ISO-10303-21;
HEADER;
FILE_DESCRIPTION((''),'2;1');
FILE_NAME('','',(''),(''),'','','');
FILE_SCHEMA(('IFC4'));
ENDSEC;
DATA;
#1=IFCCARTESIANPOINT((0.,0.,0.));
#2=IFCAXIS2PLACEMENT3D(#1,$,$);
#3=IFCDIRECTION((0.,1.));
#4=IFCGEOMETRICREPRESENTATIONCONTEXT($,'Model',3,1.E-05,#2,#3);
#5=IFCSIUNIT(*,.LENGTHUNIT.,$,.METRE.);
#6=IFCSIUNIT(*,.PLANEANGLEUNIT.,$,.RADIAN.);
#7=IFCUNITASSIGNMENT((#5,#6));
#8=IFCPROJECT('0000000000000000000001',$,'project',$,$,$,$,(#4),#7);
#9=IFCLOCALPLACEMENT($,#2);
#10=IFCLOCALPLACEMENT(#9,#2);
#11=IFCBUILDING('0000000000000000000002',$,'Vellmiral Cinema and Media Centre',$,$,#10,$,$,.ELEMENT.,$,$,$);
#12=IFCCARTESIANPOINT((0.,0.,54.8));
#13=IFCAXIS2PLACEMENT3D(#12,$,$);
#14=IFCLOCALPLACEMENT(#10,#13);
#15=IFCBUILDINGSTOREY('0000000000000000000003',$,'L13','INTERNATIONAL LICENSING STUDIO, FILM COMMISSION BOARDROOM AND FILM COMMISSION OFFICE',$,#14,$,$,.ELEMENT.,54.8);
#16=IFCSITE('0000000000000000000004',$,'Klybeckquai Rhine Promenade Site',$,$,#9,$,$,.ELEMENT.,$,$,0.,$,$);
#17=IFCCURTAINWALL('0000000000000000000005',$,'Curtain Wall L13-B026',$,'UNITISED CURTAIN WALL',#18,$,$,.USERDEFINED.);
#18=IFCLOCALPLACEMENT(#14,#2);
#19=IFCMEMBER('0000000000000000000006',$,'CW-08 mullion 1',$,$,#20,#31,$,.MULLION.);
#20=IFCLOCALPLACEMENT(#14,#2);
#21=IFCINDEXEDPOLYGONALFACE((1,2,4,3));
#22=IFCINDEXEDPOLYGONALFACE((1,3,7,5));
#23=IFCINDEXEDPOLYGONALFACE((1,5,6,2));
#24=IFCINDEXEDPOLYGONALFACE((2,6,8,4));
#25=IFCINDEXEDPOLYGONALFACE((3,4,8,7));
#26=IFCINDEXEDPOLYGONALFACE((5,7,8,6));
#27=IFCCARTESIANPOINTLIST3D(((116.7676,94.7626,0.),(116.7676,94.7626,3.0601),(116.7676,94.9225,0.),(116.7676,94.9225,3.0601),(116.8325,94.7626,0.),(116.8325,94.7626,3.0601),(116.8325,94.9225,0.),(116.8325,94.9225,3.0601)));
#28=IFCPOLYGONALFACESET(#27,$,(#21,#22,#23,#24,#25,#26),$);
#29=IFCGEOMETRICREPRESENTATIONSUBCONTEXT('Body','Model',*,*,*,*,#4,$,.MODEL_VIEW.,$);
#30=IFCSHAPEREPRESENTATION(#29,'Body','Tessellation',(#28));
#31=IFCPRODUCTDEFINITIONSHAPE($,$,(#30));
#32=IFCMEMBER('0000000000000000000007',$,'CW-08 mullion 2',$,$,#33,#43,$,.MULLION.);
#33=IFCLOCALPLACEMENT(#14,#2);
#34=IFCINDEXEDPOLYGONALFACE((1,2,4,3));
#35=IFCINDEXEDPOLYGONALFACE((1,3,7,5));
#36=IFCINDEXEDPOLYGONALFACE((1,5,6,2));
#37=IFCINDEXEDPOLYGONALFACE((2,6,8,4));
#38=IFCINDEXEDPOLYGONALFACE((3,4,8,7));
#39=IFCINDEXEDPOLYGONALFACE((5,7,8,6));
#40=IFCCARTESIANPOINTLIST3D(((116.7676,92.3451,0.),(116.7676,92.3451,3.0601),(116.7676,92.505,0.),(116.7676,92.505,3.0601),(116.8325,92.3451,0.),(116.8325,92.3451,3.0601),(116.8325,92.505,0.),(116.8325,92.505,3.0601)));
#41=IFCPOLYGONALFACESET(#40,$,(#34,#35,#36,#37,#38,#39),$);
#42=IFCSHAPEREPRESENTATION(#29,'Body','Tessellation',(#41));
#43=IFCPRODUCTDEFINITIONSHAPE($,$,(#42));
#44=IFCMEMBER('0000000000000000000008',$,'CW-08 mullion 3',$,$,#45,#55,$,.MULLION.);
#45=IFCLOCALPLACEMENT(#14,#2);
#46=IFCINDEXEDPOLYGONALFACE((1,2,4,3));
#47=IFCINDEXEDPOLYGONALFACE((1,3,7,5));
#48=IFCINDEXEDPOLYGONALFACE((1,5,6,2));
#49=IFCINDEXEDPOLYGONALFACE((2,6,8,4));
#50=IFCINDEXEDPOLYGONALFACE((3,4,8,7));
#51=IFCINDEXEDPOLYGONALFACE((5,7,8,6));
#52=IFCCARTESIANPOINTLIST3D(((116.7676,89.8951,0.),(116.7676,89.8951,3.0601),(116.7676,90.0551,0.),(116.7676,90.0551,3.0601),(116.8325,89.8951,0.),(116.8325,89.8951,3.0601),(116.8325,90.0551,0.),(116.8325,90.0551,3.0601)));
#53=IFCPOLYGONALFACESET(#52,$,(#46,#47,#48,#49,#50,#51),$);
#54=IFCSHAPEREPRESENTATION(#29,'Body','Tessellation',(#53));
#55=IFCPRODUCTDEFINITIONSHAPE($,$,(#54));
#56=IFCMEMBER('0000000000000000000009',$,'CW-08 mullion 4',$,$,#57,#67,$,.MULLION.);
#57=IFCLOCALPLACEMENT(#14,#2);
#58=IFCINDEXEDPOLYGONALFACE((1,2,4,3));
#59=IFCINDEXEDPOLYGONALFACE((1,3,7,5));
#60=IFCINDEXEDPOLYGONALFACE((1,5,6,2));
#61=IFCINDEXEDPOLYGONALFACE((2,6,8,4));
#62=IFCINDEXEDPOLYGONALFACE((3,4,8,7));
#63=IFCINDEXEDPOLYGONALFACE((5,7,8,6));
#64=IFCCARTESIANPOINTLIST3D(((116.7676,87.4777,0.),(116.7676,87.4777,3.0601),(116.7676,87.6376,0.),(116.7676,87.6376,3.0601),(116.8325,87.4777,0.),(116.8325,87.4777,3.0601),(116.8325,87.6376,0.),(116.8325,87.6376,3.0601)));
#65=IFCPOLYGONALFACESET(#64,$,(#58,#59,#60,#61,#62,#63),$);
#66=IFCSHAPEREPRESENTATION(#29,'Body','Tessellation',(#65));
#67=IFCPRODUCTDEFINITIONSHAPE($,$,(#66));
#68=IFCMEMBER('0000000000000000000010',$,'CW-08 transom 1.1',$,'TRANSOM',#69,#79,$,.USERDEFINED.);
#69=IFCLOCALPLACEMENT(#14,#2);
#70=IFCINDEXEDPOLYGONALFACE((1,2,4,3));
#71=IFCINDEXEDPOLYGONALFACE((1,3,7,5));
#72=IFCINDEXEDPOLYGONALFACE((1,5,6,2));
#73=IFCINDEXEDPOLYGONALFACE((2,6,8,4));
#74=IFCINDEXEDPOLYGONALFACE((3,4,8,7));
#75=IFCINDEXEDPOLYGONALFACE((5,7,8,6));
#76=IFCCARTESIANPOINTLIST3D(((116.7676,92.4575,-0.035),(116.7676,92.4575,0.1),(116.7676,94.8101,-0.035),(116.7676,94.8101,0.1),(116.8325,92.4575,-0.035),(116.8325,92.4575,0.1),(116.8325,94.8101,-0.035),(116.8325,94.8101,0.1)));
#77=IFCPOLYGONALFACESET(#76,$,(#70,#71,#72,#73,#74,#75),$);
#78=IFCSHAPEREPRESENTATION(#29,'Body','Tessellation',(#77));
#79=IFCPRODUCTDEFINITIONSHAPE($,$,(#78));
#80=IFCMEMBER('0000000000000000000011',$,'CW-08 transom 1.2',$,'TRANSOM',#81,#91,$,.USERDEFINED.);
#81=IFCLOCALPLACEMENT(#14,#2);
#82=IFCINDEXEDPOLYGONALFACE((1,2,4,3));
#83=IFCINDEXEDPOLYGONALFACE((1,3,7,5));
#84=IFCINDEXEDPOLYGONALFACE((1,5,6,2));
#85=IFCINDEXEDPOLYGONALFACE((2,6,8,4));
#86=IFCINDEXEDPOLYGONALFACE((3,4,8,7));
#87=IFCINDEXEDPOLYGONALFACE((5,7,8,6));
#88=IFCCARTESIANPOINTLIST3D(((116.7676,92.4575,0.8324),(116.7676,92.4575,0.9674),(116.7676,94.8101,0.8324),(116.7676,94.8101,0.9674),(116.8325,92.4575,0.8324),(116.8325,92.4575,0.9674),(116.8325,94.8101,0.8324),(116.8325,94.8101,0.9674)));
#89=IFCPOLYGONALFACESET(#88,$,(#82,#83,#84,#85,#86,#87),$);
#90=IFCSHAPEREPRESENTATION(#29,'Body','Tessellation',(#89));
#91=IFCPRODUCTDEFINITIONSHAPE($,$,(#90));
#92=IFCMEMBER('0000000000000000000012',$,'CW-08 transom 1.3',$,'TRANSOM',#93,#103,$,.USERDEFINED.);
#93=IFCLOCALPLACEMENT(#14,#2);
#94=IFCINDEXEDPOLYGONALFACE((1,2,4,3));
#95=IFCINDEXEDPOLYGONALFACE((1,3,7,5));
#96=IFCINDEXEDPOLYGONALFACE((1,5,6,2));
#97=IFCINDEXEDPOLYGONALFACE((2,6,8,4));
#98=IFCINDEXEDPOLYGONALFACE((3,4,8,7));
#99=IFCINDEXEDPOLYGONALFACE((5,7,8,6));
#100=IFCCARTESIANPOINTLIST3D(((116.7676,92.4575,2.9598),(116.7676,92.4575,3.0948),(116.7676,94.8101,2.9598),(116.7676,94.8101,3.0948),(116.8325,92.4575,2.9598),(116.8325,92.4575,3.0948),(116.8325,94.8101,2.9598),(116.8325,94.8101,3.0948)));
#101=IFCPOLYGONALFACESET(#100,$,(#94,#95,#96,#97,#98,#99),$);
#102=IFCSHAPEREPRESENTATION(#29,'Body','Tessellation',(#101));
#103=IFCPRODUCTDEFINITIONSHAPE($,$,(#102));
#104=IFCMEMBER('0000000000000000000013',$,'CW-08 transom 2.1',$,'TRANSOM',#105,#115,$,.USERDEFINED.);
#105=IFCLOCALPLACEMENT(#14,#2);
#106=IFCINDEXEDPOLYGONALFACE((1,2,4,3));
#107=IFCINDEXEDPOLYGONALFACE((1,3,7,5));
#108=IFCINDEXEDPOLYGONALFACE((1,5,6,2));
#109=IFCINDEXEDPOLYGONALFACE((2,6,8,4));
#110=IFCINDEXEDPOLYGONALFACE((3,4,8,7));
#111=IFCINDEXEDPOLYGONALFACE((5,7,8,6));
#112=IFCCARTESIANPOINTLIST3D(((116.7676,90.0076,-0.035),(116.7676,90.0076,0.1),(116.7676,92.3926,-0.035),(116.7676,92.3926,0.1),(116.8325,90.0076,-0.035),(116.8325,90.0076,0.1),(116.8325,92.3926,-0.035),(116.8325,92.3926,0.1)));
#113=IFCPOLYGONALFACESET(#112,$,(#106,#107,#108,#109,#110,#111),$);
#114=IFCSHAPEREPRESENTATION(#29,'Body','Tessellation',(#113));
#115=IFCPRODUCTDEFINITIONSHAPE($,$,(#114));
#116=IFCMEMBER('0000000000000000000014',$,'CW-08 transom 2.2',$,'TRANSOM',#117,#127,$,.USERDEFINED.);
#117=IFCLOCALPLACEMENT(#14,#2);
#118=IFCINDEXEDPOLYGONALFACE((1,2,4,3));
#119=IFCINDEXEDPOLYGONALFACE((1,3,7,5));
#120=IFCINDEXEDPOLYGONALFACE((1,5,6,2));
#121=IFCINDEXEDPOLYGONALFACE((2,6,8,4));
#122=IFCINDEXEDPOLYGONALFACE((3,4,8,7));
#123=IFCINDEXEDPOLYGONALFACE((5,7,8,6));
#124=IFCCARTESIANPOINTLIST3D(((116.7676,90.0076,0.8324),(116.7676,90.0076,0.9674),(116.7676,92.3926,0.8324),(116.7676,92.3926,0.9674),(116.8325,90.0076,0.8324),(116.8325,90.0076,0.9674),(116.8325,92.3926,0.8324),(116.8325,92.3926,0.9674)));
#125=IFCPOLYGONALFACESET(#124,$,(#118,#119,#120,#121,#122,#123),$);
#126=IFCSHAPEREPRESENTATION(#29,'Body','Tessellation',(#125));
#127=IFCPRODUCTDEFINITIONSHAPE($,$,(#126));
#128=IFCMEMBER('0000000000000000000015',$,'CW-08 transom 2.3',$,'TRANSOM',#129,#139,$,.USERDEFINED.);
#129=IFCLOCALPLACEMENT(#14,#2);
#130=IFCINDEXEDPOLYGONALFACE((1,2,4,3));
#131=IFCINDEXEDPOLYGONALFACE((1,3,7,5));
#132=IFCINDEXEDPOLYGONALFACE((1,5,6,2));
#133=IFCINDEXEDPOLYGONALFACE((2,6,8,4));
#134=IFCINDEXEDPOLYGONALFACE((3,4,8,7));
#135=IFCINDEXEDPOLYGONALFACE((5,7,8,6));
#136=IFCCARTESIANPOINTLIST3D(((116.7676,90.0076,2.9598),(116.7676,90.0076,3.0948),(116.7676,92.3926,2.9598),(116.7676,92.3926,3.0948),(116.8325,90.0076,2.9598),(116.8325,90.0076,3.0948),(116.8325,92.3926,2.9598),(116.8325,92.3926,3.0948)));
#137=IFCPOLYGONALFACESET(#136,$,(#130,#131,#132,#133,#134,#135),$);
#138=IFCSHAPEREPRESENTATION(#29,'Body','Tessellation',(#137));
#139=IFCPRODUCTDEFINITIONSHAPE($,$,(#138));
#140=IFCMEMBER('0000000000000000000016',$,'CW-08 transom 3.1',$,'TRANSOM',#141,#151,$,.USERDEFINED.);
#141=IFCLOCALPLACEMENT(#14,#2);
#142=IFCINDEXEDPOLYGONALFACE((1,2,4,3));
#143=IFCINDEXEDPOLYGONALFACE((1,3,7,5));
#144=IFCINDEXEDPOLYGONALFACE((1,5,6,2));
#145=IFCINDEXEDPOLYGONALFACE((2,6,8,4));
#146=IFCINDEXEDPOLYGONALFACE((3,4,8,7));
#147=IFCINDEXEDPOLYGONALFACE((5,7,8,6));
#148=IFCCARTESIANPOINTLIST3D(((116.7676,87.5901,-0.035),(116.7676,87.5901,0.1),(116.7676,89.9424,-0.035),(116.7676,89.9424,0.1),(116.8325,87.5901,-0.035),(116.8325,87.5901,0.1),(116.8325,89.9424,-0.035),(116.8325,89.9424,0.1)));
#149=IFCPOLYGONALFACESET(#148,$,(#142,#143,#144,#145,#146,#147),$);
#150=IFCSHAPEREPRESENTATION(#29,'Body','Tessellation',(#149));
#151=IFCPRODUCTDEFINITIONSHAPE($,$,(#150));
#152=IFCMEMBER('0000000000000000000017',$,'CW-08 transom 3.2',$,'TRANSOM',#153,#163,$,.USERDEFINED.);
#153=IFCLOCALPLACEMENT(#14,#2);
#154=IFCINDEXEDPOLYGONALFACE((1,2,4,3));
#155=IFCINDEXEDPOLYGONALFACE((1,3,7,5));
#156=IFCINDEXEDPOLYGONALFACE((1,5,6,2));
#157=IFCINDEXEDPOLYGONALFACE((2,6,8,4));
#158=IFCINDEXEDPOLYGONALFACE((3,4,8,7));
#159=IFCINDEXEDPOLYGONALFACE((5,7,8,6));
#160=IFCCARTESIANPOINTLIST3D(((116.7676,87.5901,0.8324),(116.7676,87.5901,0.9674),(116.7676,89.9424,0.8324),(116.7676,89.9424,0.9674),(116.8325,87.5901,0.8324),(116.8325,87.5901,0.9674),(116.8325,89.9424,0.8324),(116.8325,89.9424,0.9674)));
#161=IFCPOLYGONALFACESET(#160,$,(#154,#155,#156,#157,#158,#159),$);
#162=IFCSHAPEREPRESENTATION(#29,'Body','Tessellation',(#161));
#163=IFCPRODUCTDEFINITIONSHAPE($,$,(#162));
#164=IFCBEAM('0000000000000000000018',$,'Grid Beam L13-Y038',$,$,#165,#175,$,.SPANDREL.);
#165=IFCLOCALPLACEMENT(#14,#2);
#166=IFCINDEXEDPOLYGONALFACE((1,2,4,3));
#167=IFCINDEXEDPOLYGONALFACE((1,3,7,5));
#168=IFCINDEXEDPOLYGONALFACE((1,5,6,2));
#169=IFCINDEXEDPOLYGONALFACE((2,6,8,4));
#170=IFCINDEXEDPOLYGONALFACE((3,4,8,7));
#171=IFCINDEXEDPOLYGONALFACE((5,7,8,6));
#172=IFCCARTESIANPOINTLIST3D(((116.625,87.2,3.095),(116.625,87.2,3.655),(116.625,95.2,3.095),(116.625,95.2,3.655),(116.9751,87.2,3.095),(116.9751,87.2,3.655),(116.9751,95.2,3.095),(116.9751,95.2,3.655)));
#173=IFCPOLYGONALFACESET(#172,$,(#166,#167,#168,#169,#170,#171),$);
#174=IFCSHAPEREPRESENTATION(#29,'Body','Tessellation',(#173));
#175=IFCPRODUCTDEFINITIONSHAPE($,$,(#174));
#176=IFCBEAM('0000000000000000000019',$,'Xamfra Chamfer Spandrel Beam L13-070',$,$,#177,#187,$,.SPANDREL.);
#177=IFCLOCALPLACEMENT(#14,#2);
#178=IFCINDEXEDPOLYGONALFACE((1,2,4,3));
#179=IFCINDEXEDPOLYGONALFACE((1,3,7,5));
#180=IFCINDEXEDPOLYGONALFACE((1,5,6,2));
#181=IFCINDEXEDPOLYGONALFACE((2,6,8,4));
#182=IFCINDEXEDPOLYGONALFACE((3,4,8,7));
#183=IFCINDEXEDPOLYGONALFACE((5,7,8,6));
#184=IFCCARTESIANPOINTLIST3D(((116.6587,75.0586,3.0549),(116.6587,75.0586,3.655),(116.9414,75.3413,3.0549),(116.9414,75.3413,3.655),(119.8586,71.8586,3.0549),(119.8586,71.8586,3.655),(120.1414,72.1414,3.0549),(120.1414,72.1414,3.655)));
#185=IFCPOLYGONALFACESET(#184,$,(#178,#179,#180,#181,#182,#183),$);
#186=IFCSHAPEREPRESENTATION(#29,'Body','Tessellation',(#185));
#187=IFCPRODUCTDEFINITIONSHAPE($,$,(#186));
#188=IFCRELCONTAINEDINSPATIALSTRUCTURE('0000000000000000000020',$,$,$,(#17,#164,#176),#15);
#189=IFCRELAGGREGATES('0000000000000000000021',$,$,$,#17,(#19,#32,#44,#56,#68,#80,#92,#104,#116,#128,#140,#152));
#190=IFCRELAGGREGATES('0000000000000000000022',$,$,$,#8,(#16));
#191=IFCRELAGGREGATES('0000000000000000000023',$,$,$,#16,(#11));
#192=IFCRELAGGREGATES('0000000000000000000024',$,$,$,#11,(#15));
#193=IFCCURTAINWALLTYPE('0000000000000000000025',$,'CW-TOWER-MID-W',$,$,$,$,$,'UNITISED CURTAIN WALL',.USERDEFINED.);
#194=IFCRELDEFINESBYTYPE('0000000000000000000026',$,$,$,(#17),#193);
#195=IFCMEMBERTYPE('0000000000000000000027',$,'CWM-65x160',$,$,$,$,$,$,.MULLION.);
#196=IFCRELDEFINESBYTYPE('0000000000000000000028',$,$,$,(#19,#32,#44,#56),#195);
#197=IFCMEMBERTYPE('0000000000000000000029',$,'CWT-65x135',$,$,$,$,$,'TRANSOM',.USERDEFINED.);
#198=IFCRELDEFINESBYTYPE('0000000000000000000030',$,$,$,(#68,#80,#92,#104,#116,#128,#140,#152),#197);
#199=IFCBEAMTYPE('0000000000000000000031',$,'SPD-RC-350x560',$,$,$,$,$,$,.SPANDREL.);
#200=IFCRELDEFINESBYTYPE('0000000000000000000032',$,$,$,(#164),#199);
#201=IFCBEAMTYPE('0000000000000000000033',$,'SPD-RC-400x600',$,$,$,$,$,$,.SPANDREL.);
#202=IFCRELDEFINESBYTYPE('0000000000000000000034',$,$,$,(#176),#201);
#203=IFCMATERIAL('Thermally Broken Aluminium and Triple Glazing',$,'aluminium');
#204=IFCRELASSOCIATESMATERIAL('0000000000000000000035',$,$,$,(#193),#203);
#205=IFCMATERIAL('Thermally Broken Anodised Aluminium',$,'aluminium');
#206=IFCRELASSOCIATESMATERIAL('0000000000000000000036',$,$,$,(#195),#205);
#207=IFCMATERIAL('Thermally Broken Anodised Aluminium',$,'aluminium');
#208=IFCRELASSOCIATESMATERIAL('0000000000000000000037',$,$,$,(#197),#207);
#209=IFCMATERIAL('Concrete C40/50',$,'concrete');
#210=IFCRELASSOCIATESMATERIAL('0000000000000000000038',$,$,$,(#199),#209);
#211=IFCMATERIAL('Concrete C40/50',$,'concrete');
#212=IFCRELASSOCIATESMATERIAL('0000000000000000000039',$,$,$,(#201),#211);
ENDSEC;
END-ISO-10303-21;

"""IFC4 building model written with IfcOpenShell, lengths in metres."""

from ifc_helpers import new_model, si_unit, direction, frame, origin, origin_2d, place, context, subcontext, project, spatial, rectangle, extrude, material, material_profile, profile_set, type_object, element, aggregate, save


model = new_model("IFC4")

# Units and contexts
model_context = context("Model", 3, precision=1e-05, world=origin(), true_north=direction((0.0, 1.0)))
body_context = subcontext(model_context, "Body", "Model", "MODEL_VIEW")
ifc_project = project(units=[si_unit("LENGTHUNIT", "METRE"), si_unit("PLANEANGLEUNIT", "RADIAN")], contexts=[model_context])

# Site, building, storey
site_placement = place(None, origin())
site = spatial("IfcSite", under=ifc_project, at=site_placement, Name="Klybeckquai Rhine Promenade Site", CompositionType="ELEMENT", RefElevation=0.0)
building_placement = place(site_placement, origin())
building = spatial("IfcBuilding", under=site, at=building_placement, Name="Vellmiral Cinema and Media Centre", CompositionType="ELEMENT")
storey_placement = place(building_placement, frame((0.0, 0.0, 54.8)))
storey = spatial("IfcBuildingStorey", under=building, at=storey_placement, Name="L13", Description="INTERNATIONAL LICENSING STUDIO, FILM COMMISSION BOARDROOM AND FILM COMMISSION OFFICE", CompositionType="ELEMENT", Elevation=54.8)

# Curtain wall, members
ifc_material_1 = material(Name="Thermally Broken Aluminium and Triple Glazing", Category="aluminium")
curtain_wall_type = type_object("IfcCurtainWallType", Name="CW-TOWER-MID-W", ElementType="UNITISED CURTAIN WALL", PredefinedType="USERDEFINED", material=ifc_material_1)
curtain_wall_placement = place(storey_placement, origin())
curtain_wall = element("IfcCurtainWall", 1, at=curtain_wall_placement, inside=storey, type_object=curtain_wall_type, Name="Curtain Wall L13-B026", ObjectType="UNITISED CURTAIN WALL", PredefinedType="USERDEFINED")
ifc_material_2 = material(Name="Thermally Broken Anodised Aluminium", Category="aluminium")
ifc_material_profile_1 = material_profile(ifc_material_2, rectangle(XDim=0.0649, YDim=0.1599, at=origin_2d()), Name="MULL 65x160")
ifc_profile_set_1 = profile_set([ifc_material_profile_1], Name="Thermally Broken Anodised Aluminium")
member_type_1 = type_object("IfcMemberType", Name="CWM-65x160", PredefinedType="MULLION", material=ifc_profile_set_1)
member_1_placement = place(storey_placement, frame((116.8, 94.8425, 0.0), z_axis=(0.0, 0.0, 1.0), x_axis=(1.0, 0.0, 0.0)))
member_1 = element("IfcMember", 2, at=member_1_placement, type_object=member_type_1, Name="CW-08 mullion 1", PredefinedType="MULLION", context=body_context, shape_type="SweptSolid", body=[
    extrude(rectangle(XDim=0.0649, YDim=0.1599, at=origin_2d()), origin(), (0.0, 0.0, 1.0), 3.0601),
])
member_2_placement = place(storey_placement, frame((116.8, 92.425, 0.0), z_axis=(0.0, 0.0, 1.0), x_axis=(1.0, 0.0, 0.0)))
member_2 = element("IfcMember", 3, at=member_2_placement, type_object=member_type_1, Name="CW-08 mullion 2", PredefinedType="MULLION", context=body_context, shape_type="SweptSolid", body=[
    extrude(rectangle(XDim=0.0649, YDim=0.1599, at=origin_2d()), origin(), (0.0, 0.0, 1.0), 3.0601),
])
member_3_placement = place(storey_placement, frame((116.8, 89.9751, 0.0), z_axis=(0.0, 0.0, 1.0), x_axis=(1.0, 0.0, 0.0)))
member_3 = element("IfcMember", 4, at=member_3_placement, type_object=member_type_1, Name="CW-08 mullion 3", PredefinedType="MULLION", context=body_context, shape_type="SweptSolid", body=[
    extrude(rectangle(XDim=0.0649, YDim=0.1599, at=origin_2d()), origin(), (0.0, 0.0, 1.0), 3.0601),
])
member_4_placement = place(storey_placement, frame((116.8, 87.5576, 0.0), z_axis=(0.0, 0.0, 1.0), x_axis=(1.0, 0.0, 0.0)))
member_4 = element("IfcMember", 5, at=member_4_placement, type_object=member_type_1, Name="CW-08 mullion 4", PredefinedType="MULLION", context=body_context, shape_type="SweptSolid", body=[
    extrude(rectangle(XDim=0.0649, YDim=0.1599, at=origin_2d()), origin(), (0.0, 0.0, 1.0), 3.0601),
])
ifc_material_3 = material(Name="Thermally Broken Anodised Aluminium", Category="aluminium")
ifc_material_profile_2 = material_profile(ifc_material_3, rectangle(XDim=0.0649, YDim=0.135, at=origin_2d()), Name="MULL 65x135")
ifc_profile_set_2 = profile_set([ifc_material_profile_2], Name="Thermally Broken Anodised Aluminium")
member_type_2 = type_object("IfcMemberType", Name="CWT-65x135", ElementType="TRANSOM", PredefinedType="USERDEFINED", material=ifc_profile_set_2)
member_5_placement = place(storey_placement, frame((116.8, 94.8101, 0.0325), z_axis=(0.0, -1.0, 0.0), x_axis=(1.0, 0.0, 0.0)))
member_5 = element("IfcMember", 6, at=member_5_placement, type_object=member_type_2, Name="CW-08 transom 1.1", ObjectType="TRANSOM", PredefinedType="USERDEFINED", context=body_context, shape_type="SweptSolid", body=[
    extrude(rectangle(XDim=0.0649, YDim=0.135, at=origin_2d()), origin(), (0.0, 0.0, 1.0), 2.3525),
])
member_6_placement = place(storey_placement, frame((116.8, 94.8101, 0.8999), z_axis=(0.0, -1.0, 0.0), x_axis=(1.0, 0.0, 0.0)))
member_6 = element("IfcMember", 7, at=member_6_placement, type_object=member_type_2, Name="CW-08 transom 1.2", ObjectType="TRANSOM", PredefinedType="USERDEFINED", context=body_context, shape_type="SweptSolid", body=[
    extrude(rectangle(XDim=0.0649, YDim=0.135, at=origin_2d()), origin(), (0.0, 0.0, 1.0), 2.3525),
])
member_7_placement = place(storey_placement, frame((116.8, 94.8101, 3.0273), z_axis=(0.0, -1.0, 0.0), x_axis=(1.0, 0.0, 0.0)))
member_7 = element("IfcMember", 8, at=member_7_placement, type_object=member_type_2, Name="CW-08 transom 1.3", ObjectType="TRANSOM", PredefinedType="USERDEFINED", context=body_context, shape_type="SweptSolid", body=[
    extrude(rectangle(XDim=0.0649, YDim=0.135, at=origin_2d()), origin(), (0.0, 0.0, 1.0), 2.3525),
])
member_8_placement = place(storey_placement, frame((116.8, 92.3926, 0.0325), z_axis=(0.0, -1.0, 0.0), x_axis=(1.0, 0.0, 0.0)))
member_8 = element("IfcMember", 9, at=member_8_placement, type_object=member_type_2, Name="CW-08 transom 2.1", ObjectType="TRANSOM", PredefinedType="USERDEFINED", context=body_context, shape_type="SweptSolid", body=[
    extrude(rectangle(XDim=0.0649, YDim=0.135, at=origin_2d()), origin(), (0.0, 0.0, 1.0), 2.385),
])
member_9_placement = place(storey_placement, frame((116.8, 92.3926, 0.8999), z_axis=(0.0, -1.0, 0.0), x_axis=(1.0, 0.0, 0.0)))
member_9 = element("IfcMember", 10, at=member_9_placement, type_object=member_type_2, Name="CW-08 transom 2.2", ObjectType="TRANSOM", PredefinedType="USERDEFINED", context=body_context, shape_type="SweptSolid", body=[
    extrude(rectangle(XDim=0.0649, YDim=0.135, at=origin_2d()), origin(), (0.0, 0.0, 1.0), 2.385),
])
member_10_placement = place(storey_placement, frame((116.8, 92.3926, 3.0273), z_axis=(0.0, -1.0, 0.0), x_axis=(1.0, 0.0, 0.0)))
member_10 = element("IfcMember", 11, at=member_10_placement, type_object=member_type_2, Name="CW-08 transom 2.3", ObjectType="TRANSOM", PredefinedType="USERDEFINED", context=body_context, shape_type="SweptSolid", body=[
    extrude(rectangle(XDim=0.0649, YDim=0.135, at=origin_2d()), origin(), (0.0, 0.0, 1.0), 2.385),
])
member_11_placement = place(storey_placement, frame((116.8, 89.9424, 0.0325), z_axis=(0.0, -1.0, 0.0), x_axis=(1.0, 0.0, 0.0)))
member_11 = element("IfcMember", 12, at=member_11_placement, type_object=member_type_2, Name="CW-08 transom 3.1", ObjectType="TRANSOM", PredefinedType="USERDEFINED", context=body_context, shape_type="SweptSolid", body=[
    extrude(rectangle(XDim=0.0649, YDim=0.135, at=origin_2d()), origin(), (0.0, 0.0, 1.0), 2.3523),
])
member_12_placement = place(storey_placement, frame((116.8, 89.9424, 0.8999), z_axis=(0.0, -1.0, 0.0), x_axis=(1.0, 0.0, 0.0)))
member_12 = element("IfcMember", 13, at=member_12_placement, type_object=member_type_2, Name="CW-08 transom 3.2", ObjectType="TRANSOM", PredefinedType="USERDEFINED", context=body_context, shape_type="SweptSolid", body=[
    extrude(rectangle(XDim=0.0649, YDim=0.135, at=origin_2d()), origin(), (0.0, 0.0, 1.0), 2.3523),
])

# Beams
ifc_material_4 = material(Name="Concrete C40/50", Category="concrete")
ifc_material_profile_3 = material_profile(ifc_material_4, rectangle(XDim=0.3501, YDim=0.5601, at=origin_2d()), Name="RC 350x560")
ifc_profile_set_3 = profile_set([ifc_material_profile_3], Name="Concrete C40/50")
beam_type_1 = type_object("IfcBeamType", Name="SPD-RC-350x560", PredefinedType="SPANDREL", material=ifc_profile_set_3)
beam_1_placement = place(storey_placement, frame((116.8, 87.2, 3.375), z_axis=(0.0, 1.0, 0.0), x_axis=(-1.0, 0.0, 0.0)))
element("IfcBeam", 14, at=beam_1_placement, inside=storey, type_object=beam_type_1, Name="Grid Beam L13-Y038", PredefinedType="SPANDREL", context=body_context, shape_type="SweptSolid", body=[
    extrude(rectangle(XDim=0.3501, YDim=0.5601, at=origin_2d()), origin(), (0.0, 0.0, 1.0), 8.0),
])
ifc_material_5 = material(Name="Concrete C40/50", Category="concrete")
ifc_material_profile_4 = material_profile(ifc_material_5, rectangle(XDim=0.3999, YDim=0.6001, at=origin_2d()), Name="RC 400x600")
ifc_profile_set_4 = profile_set([ifc_material_profile_4], Name="Concrete C40/50")
beam_type_2 = type_object("IfcBeamType", Name="SPD-RC-400x600", PredefinedType="SPANDREL", material=ifc_profile_set_4)
for number, where, z_axis, x_axis, name in (
    (15, (116.8, 75.2, 3.355), (0.707107, -0.707107, 0.0), (0.707107, 0.707107, 0.0), "Xamfra Chamfer Spandrel Beam L13-070"),
):
    element("IfcBeam", number, at=place(storey_placement, frame(where, z_axis=z_axis, x_axis=x_axis)), inside=storey, type_object=beam_type_2, Name=name, PredefinedType="SPANDREL", context=body_context, shape_type="SweptSolid", body=[
        extrude(rectangle(XDim=0.3999, YDim=0.6001, at=origin_2d()), origin(), (0.0, 0.0, 1.0), 4.5254),
    ])

aggregate(curtain_wall, [member_1, member_2, member_3, member_4, member_5, member_6, member_7, member_8, member_9, member_10, member_11, member_12])

save(model, "model.ifc")
